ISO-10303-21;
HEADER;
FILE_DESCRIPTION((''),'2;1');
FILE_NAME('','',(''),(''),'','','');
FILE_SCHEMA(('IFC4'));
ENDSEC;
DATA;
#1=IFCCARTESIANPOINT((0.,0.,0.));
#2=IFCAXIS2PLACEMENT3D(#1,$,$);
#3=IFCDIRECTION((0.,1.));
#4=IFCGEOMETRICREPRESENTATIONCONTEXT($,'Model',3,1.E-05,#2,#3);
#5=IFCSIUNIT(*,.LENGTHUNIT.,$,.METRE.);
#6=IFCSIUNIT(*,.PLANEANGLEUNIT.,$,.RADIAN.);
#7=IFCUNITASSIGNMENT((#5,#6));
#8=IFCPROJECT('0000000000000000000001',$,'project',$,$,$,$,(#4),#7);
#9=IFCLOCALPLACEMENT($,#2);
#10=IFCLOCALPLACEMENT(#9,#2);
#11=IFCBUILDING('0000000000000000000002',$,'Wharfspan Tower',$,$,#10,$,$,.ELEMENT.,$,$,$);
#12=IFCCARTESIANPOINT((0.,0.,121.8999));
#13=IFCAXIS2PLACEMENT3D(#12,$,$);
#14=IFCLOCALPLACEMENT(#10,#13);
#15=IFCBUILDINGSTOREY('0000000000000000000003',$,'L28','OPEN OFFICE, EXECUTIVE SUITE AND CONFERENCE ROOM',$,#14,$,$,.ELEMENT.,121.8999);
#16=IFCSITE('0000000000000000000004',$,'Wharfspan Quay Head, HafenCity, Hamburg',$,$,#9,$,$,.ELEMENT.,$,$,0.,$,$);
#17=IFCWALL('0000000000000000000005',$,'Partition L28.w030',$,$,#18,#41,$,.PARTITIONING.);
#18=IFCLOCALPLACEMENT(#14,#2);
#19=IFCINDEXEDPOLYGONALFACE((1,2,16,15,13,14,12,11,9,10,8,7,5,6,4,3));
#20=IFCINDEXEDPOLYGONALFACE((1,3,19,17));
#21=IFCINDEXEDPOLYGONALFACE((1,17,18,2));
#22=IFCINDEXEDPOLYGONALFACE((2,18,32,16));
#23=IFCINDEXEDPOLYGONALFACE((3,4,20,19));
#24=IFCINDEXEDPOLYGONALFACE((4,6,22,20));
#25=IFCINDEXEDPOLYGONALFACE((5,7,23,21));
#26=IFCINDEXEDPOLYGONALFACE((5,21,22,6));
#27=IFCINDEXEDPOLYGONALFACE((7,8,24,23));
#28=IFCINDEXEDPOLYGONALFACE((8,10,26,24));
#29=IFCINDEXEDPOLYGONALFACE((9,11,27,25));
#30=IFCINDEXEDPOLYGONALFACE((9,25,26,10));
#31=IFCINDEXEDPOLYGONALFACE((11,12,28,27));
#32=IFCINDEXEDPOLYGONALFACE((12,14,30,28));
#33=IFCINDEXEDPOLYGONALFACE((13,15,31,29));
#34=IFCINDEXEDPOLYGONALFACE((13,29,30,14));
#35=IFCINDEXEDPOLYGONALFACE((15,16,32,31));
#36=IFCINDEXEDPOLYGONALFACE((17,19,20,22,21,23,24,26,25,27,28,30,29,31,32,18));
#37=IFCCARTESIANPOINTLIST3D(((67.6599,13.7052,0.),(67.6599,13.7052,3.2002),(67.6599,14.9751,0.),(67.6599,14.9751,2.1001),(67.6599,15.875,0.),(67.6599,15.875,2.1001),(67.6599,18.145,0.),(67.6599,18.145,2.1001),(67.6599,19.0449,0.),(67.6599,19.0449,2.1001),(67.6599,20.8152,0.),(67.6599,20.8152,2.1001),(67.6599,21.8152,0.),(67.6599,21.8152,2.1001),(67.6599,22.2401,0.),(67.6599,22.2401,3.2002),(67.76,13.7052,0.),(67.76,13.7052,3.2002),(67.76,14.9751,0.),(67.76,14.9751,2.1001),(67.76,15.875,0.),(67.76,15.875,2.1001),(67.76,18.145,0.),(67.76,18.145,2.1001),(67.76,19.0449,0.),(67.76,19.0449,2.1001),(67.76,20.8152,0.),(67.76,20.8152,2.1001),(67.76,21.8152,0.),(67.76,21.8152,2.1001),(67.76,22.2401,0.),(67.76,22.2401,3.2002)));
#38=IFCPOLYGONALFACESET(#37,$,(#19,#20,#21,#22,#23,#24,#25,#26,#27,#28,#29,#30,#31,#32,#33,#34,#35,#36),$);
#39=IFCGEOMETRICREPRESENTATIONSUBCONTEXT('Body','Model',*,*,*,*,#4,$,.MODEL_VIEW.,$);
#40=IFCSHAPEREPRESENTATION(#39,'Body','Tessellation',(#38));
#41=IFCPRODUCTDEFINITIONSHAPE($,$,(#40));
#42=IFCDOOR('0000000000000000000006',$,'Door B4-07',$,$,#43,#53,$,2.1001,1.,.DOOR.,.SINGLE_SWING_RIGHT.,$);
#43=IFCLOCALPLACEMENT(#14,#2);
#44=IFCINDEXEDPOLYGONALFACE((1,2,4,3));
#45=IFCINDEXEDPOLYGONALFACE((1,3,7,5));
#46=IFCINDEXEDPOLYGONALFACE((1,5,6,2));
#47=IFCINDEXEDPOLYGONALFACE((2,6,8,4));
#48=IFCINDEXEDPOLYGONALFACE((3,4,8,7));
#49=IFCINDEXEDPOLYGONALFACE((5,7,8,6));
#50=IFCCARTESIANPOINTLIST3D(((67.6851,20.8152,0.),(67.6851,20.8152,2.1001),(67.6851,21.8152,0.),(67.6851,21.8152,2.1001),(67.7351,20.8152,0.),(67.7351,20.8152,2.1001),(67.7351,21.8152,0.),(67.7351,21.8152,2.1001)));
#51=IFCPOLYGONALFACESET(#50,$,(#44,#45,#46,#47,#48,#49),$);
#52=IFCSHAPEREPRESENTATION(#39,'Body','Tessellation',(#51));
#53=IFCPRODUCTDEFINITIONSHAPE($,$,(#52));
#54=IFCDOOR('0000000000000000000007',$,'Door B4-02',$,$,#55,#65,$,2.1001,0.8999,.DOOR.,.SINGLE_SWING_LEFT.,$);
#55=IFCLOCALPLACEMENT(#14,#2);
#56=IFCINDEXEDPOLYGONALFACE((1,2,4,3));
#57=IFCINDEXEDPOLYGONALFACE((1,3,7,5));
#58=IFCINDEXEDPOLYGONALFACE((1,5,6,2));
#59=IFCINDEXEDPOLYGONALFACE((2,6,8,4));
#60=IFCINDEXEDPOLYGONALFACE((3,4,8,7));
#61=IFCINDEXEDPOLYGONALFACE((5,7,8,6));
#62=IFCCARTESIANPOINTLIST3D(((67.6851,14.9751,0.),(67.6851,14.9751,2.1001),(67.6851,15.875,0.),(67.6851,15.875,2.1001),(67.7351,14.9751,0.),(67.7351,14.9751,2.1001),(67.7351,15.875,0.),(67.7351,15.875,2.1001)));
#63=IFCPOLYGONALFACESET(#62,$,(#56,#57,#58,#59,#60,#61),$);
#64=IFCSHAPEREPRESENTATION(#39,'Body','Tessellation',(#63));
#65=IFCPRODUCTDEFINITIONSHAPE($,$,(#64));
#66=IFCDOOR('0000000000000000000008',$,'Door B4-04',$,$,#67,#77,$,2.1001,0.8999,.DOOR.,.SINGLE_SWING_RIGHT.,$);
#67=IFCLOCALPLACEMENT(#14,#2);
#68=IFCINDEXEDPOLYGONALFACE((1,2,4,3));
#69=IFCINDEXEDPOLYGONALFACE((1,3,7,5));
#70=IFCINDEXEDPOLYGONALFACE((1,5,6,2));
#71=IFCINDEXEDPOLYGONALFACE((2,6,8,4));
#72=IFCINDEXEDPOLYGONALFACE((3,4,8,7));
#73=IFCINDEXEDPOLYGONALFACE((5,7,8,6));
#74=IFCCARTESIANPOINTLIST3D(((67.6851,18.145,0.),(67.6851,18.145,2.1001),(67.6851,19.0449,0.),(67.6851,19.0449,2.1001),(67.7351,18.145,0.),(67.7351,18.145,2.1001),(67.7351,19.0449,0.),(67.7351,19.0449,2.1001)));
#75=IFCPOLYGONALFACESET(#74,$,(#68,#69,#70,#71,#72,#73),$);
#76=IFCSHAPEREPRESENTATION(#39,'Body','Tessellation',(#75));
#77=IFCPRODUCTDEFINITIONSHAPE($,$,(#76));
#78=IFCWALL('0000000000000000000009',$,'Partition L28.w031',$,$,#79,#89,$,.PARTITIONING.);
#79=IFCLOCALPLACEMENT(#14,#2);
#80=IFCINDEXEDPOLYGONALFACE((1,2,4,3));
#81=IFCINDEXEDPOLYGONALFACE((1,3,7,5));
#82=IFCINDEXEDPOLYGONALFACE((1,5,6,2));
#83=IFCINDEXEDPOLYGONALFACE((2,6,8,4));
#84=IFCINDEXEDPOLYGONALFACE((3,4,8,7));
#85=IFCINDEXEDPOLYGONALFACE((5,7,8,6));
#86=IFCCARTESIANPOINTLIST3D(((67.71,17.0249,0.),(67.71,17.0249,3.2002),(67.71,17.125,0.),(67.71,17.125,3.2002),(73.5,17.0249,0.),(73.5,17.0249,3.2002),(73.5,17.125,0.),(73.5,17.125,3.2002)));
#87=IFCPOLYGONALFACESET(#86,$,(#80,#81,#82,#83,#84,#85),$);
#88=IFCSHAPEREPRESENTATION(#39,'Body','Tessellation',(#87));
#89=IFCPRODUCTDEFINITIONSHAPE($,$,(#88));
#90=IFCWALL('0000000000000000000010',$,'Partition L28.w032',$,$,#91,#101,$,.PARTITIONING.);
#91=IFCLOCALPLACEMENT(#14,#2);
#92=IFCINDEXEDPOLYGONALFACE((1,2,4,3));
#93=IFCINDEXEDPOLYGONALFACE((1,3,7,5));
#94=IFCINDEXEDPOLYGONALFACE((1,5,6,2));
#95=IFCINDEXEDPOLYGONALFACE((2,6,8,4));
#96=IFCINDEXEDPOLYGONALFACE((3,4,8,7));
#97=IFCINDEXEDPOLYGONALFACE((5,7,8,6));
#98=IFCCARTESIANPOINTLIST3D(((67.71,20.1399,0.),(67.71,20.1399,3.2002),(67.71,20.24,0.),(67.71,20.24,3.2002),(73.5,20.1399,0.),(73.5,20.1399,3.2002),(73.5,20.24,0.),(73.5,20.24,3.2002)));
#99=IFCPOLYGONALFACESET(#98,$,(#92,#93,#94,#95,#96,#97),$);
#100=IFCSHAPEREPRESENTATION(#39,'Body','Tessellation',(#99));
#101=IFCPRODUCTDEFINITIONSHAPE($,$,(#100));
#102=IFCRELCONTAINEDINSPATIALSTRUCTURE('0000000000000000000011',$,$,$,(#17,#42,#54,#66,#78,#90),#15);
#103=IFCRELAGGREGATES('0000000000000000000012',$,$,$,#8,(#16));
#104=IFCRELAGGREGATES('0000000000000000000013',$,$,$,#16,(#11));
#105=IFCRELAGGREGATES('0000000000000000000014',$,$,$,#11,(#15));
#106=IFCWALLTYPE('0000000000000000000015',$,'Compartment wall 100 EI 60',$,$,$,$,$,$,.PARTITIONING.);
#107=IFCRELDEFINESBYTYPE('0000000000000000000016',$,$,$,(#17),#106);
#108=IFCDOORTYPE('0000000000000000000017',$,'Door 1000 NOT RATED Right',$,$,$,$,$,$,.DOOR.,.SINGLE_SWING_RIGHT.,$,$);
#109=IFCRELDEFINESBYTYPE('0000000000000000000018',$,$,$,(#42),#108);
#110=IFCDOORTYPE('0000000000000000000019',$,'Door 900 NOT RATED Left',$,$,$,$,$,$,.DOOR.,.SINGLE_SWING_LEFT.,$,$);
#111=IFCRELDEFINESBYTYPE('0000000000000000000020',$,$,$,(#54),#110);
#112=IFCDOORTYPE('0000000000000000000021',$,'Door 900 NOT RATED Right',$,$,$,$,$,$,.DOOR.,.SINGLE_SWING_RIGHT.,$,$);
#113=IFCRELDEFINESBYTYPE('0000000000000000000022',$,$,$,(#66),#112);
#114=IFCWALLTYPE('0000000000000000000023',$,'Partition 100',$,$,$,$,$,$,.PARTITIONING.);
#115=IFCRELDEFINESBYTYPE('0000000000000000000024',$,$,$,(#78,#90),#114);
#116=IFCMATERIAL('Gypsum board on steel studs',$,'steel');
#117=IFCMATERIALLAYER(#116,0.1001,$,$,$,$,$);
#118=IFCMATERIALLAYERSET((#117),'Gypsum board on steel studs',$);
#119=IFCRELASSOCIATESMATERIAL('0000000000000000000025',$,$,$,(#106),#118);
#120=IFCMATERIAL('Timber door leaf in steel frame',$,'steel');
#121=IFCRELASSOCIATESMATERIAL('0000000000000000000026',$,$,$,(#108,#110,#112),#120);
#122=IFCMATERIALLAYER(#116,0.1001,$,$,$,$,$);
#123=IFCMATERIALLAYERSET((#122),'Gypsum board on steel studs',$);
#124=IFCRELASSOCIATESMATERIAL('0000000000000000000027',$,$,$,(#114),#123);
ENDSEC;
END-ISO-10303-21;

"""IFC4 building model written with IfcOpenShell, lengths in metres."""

from ifc_helpers import new_model, si_unit, direction, frame, frame_2d, origin, place, context, subcontext, project, spatial, rectangle, extrude, material, layer, layer_set, type_object, element, fill, save


model = new_model("IFC4")

# Units and contexts
model_context = context("Model", 3, precision=1e-05, world=origin(), true_north=direction((0.0, 1.0)))
body_context = subcontext(model_context, "Body", "Model", "MODEL_VIEW")
ifc_project = project(units=[si_unit("LENGTHUNIT", "METRE"), si_unit("PLANEANGLEUNIT", "RADIAN")], contexts=[model_context])

# Site, building, storey
site_placement = place(None, origin())
site = spatial("IfcSite", under=ifc_project, at=site_placement, Name="Wharfspan Quay Head, HafenCity, Hamburg", CompositionType="ELEMENT", RefElevation=0.0)
building_placement = place(site_placement, origin())
building = spatial("IfcBuilding", under=site, at=building_placement, Name="Wharfspan Tower", CompositionType="ELEMENT")
storey_placement = place(building_placement, frame((0.0, 0.0, 121.8999)))
storey = spatial("IfcBuildingStorey", under=building, at=storey_placement, Name="L28", Description="OPEN OFFICE, EXECUTIVE SUITE AND CONFERENCE ROOM", CompositionType="ELEMENT", Elevation=121.8999)

# Shared definitions
ifc_material_1 = material(Name="Gypsum board on steel studs", Category="steel")
ifc_layer_1 = layer(ifc_material_1, 0.1001)
ifc_layer_set_1 = layer_set([ifc_layer_1], Name="Gypsum board on steel studs")
wall_type_1 = type_object("IfcWallType", Name="Compartment wall 100 EI 60", PredefinedType="PARTITIONING", material=ifc_layer_set_1)

# Wall, openings, doors
wall_1_placement = place(storey_placement, frame((67.71, 13.7051, 0.0), z_axis=(0.0, 0.0, 1.0), x_axis=(0.0, 1.0, 0.0)))
wall_1 = element("IfcWall", 1, at=wall_1_placement, inside=storey, type_object=wall_type_1, Name="Partition L28.w030", PredefinedType="PARTITIONING", context=body_context, shape_type="SweptSolid", body=[
    extrude(rectangle(XDim=8.5349, YDim=0.1001, at=frame_2d((4.2676, 0.0))), origin(), (0.0, 0.0, 1.0), 3.2002),
])
opening_1_placement = place(wall_1_placement, frame((1.27, 0.0, 0.0)))
opening_1 = element("IfcOpeningElement", 2, at=opening_1_placement, cuts=wall_1, PredefinedType="OPENING", context=body_context, shape_type="SweptSolid", body=[
    extrude(rectangle(XDim=0.8999, YDim=2.1001, at=frame_2d((0.45, 1.05))), frame((0.0, 0.0601, 0.0), z_axis=(0.0, -1.0, 0.0), x_axis=(1.0, 0.0, 0.0)), (0.0, 0.0, 1.0), 0.1201),
])
opening_2_placement = place(wall_1_placement, frame((4.4399, 0.0, 0.0)))
opening_2 = element("IfcOpeningElement", 3, at=opening_2_placement, cuts=wall_1, PredefinedType="OPENING", context=body_context, shape_type="SweptSolid", body=[
    extrude(rectangle(XDim=0.8999, YDim=2.1001, at=frame_2d((0.45, 1.05))), frame((0.0, 0.0601, 0.0), z_axis=(0.0, -1.0, 0.0), x_axis=(1.0, 0.0, 0.0)), (0.0, 0.0, 1.0), 0.1201),
])
opening_3_placement = place(wall_1_placement, frame((7.1101, 0.0, 0.0)))
opening_3 = element("IfcOpeningElement", 4, at=opening_3_placement, cuts=wall_1, PredefinedType="OPENING", context=body_context, shape_type="SweptSolid", body=[
    extrude(rectangle(XDim=1.0, YDim=2.1001, at=frame_2d((0.5, 1.05))), frame((0.0, 0.0601, 0.0), z_axis=(0.0, -1.0, 0.0), x_axis=(1.0, 0.0, 0.0)), (0.0, 0.0, 1.0), 0.1201),
])
ifc_material_2 = material(Name="Timber door leaf in steel frame", Category="steel")
door_type_1 = type_object("IfcDoorType", Name="Door 1000 NOT RATED Right", OperationType="SINGLE_SWING_RIGHT", PredefinedType="DOOR", material=ifc_material_2)
door_1_placement = place(opening_3_placement, origin())
door_1 = element("IfcDoor", 5, at=door_1_placement, inside=storey, type_object=door_type_1, Name="Door B4-07", OperationType="SINGLE_SWING_RIGHT", OverallHeight=2.1001, OverallWidth=1.0, PredefinedType="DOOR", context=body_context, shape_type="SweptSolid", body=[
    extrude(rectangle(XDim=1.0, YDim=2.1001, at=frame_2d((0.5, 1.05))), frame((0.0, 0.0249, 0.0), z_axis=(0.0, -1.0, 0.0), x_axis=(1.0, 0.0, 0.0)), (0.0, 0.0, 1.0), 0.05),
])
fill(opening_3, door_1)
door_type_2 = type_object("IfcDoorType", Name="Door 900 NOT RATED Left", OperationType="SINGLE_SWING_LEFT", PredefinedType="DOOR", material=ifc_material_2)
door_2_placement = place(opening_1_placement, origin())
door_2 = element("IfcDoor", 6, at=door_2_placement, inside=storey, type_object=door_type_2, Name="Door B4-02", OperationType="SINGLE_SWING_LEFT", OverallHeight=2.1001, OverallWidth=0.8999, PredefinedType="DOOR", context=body_context, shape_type="SweptSolid", body=[
    extrude(rectangle(XDim=0.8999, YDim=2.1001, at=frame_2d((0.45, 1.05))), frame((0.0, 0.0249, 0.0), z_axis=(0.0, -1.0, 0.0), x_axis=(1.0, 0.0, 0.0)), (0.0, 0.0, 1.0), 0.05),
])
fill(opening_1, door_2)
door_type_3 = type_object("IfcDoorType", Name="Door 900 NOT RATED Right", OperationType="SINGLE_SWING_RIGHT", PredefinedType="DOOR", material=ifc_material_2)
door_3_placement = place(opening_2_placement, origin())
door_3 = element("IfcDoor", 7, at=door_3_placement, inside=storey, type_object=door_type_3, Name="Door B4-04", OperationType="SINGLE_SWING_RIGHT", OverallHeight=2.1001, OverallWidth=0.8999, PredefinedType="DOOR", context=body_context, shape_type="SweptSolid", body=[
    extrude(rectangle(XDim=0.8999, YDim=2.1001, at=frame_2d((0.45, 1.05))), frame((0.0, 0.0249, 0.0), z_axis=(0.0, -1.0, 0.0), x_axis=(1.0, 0.0, 0.0)), (0.0, 0.0, 1.0), 0.05),
])
fill(opening_2, door_3)

# Walls
ifc_layer_2 = layer(ifc_material_1, 0.1001)
ifc_layer_set_2 = layer_set([ifc_layer_2], Name="Gypsum board on steel studs")
wall_type_2 = type_object("IfcWallType", Name="Partition 100", PredefinedType="PARTITIONING", material=ifc_layer_set_2)
for number, where, z_axis, x_axis, name in (
    (8, (67.71, 17.075, 0.0), (0.0, 0.0, 1.0), (1.0, 0.0, 0.0), "Partition L28.w031"),
    (9, (67.71, 20.1899, 0.0), (0.0, 0.0, 1.0), (1.0, 0.0, 0.0), "Partition L28.w032"),
):
    element("IfcWall", number, at=place(storey_placement, frame(where, z_axis=z_axis, x_axis=x_axis)), inside=storey, type_object=wall_type_2, Name=name, PredefinedType="PARTITIONING", context=body_context, shape_type="SweptSolid", body=[
        extrude(rectangle(XDim=5.79, YDim=0.1001, at=frame_2d((2.895, 0.0))), origin(), (0.0, 0.0, 1.0), 3.2002),
    ])

save(model, "model.ifc")
